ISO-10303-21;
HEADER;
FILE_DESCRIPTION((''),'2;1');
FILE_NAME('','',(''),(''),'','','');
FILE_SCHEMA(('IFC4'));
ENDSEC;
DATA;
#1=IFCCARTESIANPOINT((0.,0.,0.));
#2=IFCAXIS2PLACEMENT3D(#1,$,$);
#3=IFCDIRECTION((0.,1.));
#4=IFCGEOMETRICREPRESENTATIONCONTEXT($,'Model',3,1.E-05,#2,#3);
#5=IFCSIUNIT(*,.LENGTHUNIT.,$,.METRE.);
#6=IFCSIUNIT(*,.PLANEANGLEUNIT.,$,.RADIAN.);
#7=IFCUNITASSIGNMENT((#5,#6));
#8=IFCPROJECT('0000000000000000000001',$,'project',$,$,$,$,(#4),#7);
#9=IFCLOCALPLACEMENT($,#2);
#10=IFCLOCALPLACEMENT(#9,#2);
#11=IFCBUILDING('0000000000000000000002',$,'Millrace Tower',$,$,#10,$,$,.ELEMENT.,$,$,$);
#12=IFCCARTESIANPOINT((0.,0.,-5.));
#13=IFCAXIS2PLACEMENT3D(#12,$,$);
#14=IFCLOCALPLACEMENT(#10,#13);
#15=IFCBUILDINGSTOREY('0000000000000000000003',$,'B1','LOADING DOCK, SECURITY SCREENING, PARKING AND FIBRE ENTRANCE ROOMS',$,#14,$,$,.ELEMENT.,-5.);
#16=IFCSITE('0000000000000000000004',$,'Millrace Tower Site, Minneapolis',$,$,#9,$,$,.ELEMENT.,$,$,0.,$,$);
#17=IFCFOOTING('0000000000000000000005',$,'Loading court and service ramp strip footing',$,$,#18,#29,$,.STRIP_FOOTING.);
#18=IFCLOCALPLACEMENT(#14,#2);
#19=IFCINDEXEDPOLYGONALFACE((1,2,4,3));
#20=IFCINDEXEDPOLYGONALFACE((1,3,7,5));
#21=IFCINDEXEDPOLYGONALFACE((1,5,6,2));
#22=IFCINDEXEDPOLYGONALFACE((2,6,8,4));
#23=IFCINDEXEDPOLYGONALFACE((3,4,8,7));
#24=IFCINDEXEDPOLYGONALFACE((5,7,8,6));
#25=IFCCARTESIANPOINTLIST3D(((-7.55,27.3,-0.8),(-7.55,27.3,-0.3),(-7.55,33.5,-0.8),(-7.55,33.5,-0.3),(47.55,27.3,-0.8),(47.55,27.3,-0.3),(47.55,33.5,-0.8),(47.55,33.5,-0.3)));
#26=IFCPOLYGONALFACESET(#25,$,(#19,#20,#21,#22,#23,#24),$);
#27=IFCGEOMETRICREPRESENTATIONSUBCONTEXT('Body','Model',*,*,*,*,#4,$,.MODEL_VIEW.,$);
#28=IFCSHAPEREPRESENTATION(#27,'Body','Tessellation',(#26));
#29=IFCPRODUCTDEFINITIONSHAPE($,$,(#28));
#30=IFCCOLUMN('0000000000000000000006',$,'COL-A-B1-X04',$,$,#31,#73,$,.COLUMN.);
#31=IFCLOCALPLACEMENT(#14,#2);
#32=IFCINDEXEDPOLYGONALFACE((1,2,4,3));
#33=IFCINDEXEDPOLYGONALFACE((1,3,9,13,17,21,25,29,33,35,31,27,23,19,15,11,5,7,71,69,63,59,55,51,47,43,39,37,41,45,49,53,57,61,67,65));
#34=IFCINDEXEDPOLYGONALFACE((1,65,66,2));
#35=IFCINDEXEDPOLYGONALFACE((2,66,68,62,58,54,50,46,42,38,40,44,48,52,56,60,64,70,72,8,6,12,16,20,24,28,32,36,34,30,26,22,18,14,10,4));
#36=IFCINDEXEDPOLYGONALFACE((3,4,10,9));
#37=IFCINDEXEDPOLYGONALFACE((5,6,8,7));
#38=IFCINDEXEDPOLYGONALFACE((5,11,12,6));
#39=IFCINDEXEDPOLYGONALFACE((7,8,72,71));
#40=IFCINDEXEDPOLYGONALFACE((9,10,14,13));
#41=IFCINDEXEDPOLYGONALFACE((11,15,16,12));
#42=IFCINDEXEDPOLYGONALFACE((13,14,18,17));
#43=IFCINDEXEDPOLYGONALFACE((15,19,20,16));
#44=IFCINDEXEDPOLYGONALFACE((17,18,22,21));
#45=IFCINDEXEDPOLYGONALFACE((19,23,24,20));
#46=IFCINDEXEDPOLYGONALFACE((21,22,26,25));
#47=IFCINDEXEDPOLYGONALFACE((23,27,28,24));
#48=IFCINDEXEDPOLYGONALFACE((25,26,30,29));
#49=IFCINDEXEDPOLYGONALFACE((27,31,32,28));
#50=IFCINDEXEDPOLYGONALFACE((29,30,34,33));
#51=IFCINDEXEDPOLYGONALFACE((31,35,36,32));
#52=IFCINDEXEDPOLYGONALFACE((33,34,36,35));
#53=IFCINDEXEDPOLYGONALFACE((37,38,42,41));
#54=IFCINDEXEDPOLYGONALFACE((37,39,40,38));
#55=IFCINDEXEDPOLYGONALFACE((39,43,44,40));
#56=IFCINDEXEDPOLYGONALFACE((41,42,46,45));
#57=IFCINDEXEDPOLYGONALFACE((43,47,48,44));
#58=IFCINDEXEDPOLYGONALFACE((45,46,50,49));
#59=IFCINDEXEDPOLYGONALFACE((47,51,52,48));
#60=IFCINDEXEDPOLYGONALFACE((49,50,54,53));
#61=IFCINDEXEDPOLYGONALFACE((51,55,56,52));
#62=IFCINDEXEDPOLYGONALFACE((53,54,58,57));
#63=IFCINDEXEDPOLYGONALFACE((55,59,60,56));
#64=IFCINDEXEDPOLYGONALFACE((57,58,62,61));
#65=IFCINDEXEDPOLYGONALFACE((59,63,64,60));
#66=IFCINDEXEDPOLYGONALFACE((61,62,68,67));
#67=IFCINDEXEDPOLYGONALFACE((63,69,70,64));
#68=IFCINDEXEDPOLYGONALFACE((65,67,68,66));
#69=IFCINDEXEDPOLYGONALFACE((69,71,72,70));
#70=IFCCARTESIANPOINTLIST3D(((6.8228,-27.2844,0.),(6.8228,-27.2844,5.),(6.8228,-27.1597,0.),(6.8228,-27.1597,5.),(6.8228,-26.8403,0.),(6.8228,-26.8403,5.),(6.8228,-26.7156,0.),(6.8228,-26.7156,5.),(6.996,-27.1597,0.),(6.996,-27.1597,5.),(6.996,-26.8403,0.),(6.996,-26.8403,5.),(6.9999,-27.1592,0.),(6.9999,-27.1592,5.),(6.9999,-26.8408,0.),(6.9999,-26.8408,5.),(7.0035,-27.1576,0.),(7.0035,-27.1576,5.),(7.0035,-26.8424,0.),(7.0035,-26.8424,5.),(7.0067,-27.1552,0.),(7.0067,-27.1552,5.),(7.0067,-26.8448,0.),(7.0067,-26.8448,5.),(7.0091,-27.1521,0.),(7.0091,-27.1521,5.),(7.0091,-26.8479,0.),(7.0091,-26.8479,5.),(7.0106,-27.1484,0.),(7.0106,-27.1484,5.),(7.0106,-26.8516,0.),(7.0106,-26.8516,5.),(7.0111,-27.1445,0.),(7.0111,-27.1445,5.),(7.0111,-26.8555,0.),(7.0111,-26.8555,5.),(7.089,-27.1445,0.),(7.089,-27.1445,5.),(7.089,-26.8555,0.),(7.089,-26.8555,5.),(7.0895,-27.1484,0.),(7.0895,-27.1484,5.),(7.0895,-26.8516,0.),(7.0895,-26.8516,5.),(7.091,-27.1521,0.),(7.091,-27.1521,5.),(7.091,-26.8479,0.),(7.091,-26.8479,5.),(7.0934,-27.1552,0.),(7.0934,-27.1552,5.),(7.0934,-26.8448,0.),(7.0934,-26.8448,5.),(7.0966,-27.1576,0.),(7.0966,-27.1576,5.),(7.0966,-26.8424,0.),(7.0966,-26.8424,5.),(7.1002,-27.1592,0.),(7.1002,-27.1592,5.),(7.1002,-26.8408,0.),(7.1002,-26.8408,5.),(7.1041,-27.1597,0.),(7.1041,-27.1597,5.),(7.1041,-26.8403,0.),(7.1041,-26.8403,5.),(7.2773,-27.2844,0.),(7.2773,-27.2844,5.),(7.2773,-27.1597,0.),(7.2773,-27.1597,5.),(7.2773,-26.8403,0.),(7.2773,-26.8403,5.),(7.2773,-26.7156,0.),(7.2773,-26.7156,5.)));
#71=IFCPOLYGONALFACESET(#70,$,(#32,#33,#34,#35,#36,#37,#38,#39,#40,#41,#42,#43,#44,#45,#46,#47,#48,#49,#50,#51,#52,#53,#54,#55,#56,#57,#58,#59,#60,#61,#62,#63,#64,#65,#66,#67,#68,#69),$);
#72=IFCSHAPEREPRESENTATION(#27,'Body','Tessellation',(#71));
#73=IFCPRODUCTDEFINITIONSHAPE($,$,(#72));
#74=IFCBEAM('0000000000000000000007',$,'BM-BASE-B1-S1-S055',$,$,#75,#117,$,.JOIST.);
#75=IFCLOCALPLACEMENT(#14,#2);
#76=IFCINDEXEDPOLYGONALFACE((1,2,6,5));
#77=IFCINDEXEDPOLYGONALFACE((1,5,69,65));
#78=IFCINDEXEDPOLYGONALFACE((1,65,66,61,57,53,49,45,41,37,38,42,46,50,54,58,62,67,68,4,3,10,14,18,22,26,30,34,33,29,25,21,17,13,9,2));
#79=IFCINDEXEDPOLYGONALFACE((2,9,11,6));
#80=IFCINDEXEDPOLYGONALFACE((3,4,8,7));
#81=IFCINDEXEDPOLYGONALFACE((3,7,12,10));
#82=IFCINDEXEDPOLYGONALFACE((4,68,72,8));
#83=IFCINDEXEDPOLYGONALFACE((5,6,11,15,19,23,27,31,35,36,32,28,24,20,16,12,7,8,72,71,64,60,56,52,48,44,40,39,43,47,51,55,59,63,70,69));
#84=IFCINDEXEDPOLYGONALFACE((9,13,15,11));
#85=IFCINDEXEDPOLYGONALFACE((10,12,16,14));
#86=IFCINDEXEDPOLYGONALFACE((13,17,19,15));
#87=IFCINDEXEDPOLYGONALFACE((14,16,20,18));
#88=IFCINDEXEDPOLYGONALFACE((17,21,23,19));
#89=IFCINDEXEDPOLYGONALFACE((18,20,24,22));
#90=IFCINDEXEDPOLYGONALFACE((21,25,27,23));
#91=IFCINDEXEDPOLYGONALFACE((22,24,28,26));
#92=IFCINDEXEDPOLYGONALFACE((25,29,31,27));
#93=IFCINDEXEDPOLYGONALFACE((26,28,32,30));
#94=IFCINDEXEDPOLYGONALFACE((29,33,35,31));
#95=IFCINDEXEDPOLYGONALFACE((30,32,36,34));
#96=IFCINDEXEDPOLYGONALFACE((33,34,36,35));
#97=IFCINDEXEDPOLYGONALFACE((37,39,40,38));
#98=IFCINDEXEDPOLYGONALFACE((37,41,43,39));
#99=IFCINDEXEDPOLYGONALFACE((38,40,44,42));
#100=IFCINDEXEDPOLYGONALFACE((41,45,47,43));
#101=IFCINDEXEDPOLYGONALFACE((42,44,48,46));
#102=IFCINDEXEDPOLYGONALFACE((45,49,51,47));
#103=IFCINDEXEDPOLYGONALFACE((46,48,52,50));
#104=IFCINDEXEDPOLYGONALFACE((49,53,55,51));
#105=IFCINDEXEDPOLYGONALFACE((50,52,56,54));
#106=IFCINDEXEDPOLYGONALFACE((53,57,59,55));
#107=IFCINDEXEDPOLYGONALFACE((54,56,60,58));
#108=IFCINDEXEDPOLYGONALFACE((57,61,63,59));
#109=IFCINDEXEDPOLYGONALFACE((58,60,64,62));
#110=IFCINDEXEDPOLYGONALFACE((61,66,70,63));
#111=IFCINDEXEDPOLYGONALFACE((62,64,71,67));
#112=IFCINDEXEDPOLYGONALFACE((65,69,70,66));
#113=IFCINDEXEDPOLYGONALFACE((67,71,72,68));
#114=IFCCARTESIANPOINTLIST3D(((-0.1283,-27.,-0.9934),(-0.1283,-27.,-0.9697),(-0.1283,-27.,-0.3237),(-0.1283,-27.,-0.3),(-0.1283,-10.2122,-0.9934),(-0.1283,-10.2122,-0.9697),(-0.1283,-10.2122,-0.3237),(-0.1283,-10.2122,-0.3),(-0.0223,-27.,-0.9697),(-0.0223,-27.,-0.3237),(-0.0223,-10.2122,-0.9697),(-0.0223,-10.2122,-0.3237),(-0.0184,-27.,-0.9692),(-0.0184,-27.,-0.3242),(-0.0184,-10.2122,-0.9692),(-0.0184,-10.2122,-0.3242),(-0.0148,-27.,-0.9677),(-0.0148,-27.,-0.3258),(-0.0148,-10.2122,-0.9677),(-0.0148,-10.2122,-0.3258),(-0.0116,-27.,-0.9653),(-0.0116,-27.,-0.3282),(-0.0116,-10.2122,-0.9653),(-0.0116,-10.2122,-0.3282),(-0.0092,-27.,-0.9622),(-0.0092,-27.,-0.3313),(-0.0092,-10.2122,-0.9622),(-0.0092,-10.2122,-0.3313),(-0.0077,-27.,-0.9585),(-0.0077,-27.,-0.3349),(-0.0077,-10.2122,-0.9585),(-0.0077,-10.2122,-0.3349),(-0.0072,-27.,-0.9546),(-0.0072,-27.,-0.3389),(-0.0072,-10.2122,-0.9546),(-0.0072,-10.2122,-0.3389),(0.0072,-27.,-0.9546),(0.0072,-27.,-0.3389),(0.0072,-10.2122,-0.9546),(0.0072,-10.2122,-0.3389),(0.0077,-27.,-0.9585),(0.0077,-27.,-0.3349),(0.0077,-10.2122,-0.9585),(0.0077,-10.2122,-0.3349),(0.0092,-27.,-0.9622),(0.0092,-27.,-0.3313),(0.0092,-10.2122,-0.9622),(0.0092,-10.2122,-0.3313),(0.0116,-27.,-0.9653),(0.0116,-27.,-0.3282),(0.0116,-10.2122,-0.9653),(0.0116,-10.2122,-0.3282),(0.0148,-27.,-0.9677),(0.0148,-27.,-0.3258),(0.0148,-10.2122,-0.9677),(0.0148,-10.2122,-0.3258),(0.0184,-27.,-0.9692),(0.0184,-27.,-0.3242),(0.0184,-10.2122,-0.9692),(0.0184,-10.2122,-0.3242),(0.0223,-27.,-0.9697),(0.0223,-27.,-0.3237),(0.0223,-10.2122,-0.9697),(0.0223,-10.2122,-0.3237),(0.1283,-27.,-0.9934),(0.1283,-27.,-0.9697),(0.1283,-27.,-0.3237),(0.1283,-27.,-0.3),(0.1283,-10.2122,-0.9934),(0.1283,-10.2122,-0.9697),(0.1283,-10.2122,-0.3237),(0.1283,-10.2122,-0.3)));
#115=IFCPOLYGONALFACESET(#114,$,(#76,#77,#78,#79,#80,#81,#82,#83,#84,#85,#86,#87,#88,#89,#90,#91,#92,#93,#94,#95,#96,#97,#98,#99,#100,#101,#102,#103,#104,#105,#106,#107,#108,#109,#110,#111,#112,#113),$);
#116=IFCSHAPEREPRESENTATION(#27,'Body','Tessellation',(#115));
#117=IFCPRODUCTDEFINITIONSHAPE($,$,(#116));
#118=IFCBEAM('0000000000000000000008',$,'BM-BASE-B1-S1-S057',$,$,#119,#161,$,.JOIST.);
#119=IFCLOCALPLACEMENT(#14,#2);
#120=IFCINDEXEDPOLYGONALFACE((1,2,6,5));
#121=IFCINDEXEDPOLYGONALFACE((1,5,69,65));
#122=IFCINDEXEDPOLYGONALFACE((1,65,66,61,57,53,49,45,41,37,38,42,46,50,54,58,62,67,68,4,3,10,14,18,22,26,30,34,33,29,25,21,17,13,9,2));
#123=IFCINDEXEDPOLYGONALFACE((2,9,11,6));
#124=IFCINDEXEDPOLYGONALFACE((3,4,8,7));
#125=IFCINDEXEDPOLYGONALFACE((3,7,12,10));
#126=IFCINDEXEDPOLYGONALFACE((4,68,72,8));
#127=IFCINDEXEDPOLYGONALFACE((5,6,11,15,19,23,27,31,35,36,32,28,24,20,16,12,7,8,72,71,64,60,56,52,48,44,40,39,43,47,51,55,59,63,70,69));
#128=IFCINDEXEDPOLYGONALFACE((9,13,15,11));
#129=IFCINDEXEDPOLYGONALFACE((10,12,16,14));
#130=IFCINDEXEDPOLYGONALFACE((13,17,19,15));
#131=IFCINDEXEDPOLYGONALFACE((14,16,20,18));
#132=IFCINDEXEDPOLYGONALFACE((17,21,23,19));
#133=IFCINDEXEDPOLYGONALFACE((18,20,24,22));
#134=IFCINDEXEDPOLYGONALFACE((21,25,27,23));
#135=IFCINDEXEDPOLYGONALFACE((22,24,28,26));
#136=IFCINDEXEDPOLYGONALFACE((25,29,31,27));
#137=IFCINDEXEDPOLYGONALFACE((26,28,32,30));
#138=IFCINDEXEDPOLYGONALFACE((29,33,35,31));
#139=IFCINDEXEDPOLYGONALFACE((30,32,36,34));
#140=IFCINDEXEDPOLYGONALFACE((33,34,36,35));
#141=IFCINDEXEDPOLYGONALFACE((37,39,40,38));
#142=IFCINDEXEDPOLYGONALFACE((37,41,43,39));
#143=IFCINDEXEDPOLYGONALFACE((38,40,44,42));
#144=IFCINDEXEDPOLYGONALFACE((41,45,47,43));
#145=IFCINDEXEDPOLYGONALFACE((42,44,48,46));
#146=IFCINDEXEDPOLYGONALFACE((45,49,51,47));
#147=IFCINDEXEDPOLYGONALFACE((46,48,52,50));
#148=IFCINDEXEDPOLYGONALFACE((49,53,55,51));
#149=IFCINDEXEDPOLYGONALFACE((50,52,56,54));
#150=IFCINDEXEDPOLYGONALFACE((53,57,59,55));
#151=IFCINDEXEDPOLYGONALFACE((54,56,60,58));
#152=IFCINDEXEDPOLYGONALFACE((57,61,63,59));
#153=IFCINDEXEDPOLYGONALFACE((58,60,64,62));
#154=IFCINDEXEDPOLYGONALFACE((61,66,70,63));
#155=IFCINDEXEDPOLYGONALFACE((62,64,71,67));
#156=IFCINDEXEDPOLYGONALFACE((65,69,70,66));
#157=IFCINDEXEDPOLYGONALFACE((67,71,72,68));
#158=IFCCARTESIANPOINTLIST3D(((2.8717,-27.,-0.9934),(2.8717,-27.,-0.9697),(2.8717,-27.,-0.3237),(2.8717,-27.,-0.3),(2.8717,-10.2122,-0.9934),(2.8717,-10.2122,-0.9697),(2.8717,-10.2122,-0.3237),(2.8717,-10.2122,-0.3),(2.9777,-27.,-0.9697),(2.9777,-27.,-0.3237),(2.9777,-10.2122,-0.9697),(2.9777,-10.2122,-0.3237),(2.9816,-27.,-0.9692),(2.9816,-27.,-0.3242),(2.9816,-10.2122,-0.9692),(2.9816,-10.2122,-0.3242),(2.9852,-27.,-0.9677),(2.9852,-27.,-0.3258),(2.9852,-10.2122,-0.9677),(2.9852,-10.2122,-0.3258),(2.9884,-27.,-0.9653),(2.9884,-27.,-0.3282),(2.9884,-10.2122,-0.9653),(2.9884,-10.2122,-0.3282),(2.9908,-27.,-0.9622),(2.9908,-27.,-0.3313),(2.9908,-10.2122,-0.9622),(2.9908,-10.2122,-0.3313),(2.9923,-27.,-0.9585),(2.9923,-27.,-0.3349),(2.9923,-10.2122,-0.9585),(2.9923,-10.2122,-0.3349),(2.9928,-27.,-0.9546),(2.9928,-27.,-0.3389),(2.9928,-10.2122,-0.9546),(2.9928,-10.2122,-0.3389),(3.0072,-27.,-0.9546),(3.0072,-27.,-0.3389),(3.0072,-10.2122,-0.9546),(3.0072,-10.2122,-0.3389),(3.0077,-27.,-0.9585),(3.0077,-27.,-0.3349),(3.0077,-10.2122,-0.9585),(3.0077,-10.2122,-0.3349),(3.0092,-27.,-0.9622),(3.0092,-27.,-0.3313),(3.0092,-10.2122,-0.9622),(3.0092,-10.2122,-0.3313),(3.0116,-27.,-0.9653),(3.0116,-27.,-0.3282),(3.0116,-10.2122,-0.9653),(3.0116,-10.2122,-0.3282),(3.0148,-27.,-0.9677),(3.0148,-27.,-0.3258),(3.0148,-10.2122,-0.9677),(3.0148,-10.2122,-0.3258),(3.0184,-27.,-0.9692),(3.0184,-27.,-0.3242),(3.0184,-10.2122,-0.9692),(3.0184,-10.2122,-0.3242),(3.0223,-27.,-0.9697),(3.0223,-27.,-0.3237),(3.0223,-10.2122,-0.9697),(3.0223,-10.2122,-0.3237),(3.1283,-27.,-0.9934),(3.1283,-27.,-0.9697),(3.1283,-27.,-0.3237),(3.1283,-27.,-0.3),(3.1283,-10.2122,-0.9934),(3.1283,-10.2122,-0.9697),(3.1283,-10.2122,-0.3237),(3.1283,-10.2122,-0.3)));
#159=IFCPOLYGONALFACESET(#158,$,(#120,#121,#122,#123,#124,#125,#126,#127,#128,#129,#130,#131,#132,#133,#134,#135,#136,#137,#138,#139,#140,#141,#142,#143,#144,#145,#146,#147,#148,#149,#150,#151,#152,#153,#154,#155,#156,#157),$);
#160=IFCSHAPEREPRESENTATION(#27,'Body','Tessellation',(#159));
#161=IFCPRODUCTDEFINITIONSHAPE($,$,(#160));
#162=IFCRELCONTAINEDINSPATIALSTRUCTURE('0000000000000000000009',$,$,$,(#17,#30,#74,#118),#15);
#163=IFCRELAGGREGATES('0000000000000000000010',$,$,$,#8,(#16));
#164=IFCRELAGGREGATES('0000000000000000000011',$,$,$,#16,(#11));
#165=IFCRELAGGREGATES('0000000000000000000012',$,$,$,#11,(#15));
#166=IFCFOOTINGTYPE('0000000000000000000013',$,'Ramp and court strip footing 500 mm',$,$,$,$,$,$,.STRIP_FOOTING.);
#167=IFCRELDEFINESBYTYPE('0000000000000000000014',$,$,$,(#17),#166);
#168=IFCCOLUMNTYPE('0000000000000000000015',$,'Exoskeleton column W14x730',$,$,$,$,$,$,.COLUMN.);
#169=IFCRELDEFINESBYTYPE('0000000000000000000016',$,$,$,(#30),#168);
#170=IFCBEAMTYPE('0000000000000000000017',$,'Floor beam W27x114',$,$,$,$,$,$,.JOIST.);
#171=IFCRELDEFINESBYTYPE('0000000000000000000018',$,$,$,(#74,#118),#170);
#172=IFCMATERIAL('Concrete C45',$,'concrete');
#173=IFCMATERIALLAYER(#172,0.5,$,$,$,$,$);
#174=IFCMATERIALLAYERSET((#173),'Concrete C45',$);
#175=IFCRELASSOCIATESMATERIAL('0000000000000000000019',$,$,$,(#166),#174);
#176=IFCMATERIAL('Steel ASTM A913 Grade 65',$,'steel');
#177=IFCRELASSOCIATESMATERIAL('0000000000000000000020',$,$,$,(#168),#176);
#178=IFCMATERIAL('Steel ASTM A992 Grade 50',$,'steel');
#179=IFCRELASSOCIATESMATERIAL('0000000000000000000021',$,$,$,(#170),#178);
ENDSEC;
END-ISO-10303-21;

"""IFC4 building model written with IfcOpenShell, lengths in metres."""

from ifc_helpers import new_model, si_unit, direction, frame, origin, origin_2d, place, context, subcontext, project, spatial, polyline, i_section, outline, extrude, material, layer, layer_set, material_profile, profile_set, type_object, element, save


model = new_model("IFC4")

# Units and contexts
model_context = context("Model", 3, precision=1e-05, world=origin(), true_north=direction((0.0, 1.0)))
body_context = subcontext(model_context, "Body", "Model", "MODEL_VIEW")
ifc_project = project(units=[si_unit("LENGTHUNIT", "METRE"), si_unit("PLANEANGLEUNIT", "RADIAN")], contexts=[model_context])

# Site, building, storey
site_placement = place(None, origin())
site = spatial("IfcSite", under=ifc_project, at=site_placement, Name="Millrace Tower Site, Minneapolis", CompositionType="ELEMENT", RefElevation=0.0)
building_placement = place(site_placement, origin())
building = spatial("IfcBuilding", under=site, at=building_placement, Name="Millrace Tower", CompositionType="ELEMENT")
storey_placement = place(building_placement, frame((0.0, 0.0, -5.0)))
storey = spatial("IfcBuildingStorey", under=building, at=storey_placement, Name="B1", Description="LOADING DOCK, SECURITY SCREENING, PARKING AND FIBRE ENTRANCE ROOMS", CompositionType="ELEMENT", Elevation=-5.0)

# Footing
ifc_material_1 = material(Name="Concrete C45", Category="concrete")
ifc_layer_1 = layer(ifc_material_1, 0.5)
ifc_layer_set_1 = layer_set([ifc_layer_1], Name="Concrete C45")
footing_type = type_object("IfcFootingType", Name="Ramp and court strip footing 500 mm", PredefinedType="STRIP_FOOTING", material=ifc_layer_set_1)
footing_placement = place(storey_placement, frame((0.0, 0.0, -0.8)))
element("IfcFooting", 1, at=footing_placement, inside=storey, type_object=footing_type, Name="Loading court and service ramp strip footing", PredefinedType="STRIP_FOOTING", context=body_context, shape_type="SweptSolid", body=[
    extrude(outline(polyline([(47.55, 27.3), (47.55, 33.5), (-7.55, 33.5), (-7.55, 27.3), (47.55, 27.3)])), origin(), (0.0, 0.0, 1.0), 0.5),
])

# Column
ifc_material_2 = material(Name="Steel ASTM A913 Grade 65", Category="steel")
ifc_material_profile_1 = material_profile(ifc_material_2, i_section(OverallWidth=0.4546, OverallDepth=0.5688, WebThickness=0.0779, FlangeThickness=0.1248, FilletRadius=0.0151, at=origin_2d()))
ifc_profile_set_1 = profile_set([ifc_material_profile_1], Name="Steel ASTM A913 Grade 65")
column_type = type_object("IfcColumnType", Name="Exoskeleton column W14x730", PredefinedType="COLUMN", material=ifc_profile_set_1)
placement_1 = place(storey_placement, frame((7.05, -27.0, 0.0), z_axis=(0.0, 0.0, 1.0), x_axis=(1.0, 0.0, 0.0)))
element("IfcColumn", 2, at=placement_1, inside=storey, type_object=column_type, Name="COL-A-B1-X04", PredefinedType="COLUMN", context=body_context, shape_type="SweptSolid", body=[
    extrude(i_section(OverallWidth=0.4546, OverallDepth=0.5688, WebThickness=0.0779, FlangeThickness=0.1248, FilletRadius=0.0151, at=origin_2d()), origin(), (0.0, 0.0, 1.0), 5.0),
])

# Beams
ifc_material_3 = material(Name="Steel ASTM A992 Grade 50", Category="steel")
ifc_material_profile_2 = material_profile(ifc_material_3, i_section(OverallWidth=0.2566, OverallDepth=0.6934, WebThickness=0.0144, FlangeThickness=0.0237, FilletRadius=0.0151, at=origin_2d()))
ifc_profile_set_2 = profile_set([ifc_material_profile_2], Name="Steel ASTM A992 Grade 50")
beam_type = type_object("IfcBeamType", Name="Floor beam W27x114", PredefinedType="JOIST", material=ifc_profile_set_2)
for number, where, z_axis, x_axis, name in (
    (3, (0.0, -27.0, -0.6467), (0.0, 1.0, 0.0), (-1.0, 0.0, 0.0), "BM-BASE-B1-S1-S055"),
    (4, (3.0, -27.0, -0.6467), (0.0, 1.0, 0.0), (-1.0, 0.0, 0.0), "BM-BASE-B1-S1-S057"),
):
    element("IfcBeam", number, at=place(storey_placement, frame(where, z_axis=z_axis, x_axis=x_axis)), inside=storey, type_object=beam_type, Name=name, PredefinedType="JOIST", context=body_context, shape_type="SweptSolid", body=[
        extrude(i_section(OverallWidth=0.2566, OverallDepth=0.6934, WebThickness=0.0144, FlangeThickness=0.0237, FilletRadius=0.0151, at=origin_2d()), origin(), (0.0, 0.0, 1.0), 16.7878),
    ])

save(model, "model.ifc")
